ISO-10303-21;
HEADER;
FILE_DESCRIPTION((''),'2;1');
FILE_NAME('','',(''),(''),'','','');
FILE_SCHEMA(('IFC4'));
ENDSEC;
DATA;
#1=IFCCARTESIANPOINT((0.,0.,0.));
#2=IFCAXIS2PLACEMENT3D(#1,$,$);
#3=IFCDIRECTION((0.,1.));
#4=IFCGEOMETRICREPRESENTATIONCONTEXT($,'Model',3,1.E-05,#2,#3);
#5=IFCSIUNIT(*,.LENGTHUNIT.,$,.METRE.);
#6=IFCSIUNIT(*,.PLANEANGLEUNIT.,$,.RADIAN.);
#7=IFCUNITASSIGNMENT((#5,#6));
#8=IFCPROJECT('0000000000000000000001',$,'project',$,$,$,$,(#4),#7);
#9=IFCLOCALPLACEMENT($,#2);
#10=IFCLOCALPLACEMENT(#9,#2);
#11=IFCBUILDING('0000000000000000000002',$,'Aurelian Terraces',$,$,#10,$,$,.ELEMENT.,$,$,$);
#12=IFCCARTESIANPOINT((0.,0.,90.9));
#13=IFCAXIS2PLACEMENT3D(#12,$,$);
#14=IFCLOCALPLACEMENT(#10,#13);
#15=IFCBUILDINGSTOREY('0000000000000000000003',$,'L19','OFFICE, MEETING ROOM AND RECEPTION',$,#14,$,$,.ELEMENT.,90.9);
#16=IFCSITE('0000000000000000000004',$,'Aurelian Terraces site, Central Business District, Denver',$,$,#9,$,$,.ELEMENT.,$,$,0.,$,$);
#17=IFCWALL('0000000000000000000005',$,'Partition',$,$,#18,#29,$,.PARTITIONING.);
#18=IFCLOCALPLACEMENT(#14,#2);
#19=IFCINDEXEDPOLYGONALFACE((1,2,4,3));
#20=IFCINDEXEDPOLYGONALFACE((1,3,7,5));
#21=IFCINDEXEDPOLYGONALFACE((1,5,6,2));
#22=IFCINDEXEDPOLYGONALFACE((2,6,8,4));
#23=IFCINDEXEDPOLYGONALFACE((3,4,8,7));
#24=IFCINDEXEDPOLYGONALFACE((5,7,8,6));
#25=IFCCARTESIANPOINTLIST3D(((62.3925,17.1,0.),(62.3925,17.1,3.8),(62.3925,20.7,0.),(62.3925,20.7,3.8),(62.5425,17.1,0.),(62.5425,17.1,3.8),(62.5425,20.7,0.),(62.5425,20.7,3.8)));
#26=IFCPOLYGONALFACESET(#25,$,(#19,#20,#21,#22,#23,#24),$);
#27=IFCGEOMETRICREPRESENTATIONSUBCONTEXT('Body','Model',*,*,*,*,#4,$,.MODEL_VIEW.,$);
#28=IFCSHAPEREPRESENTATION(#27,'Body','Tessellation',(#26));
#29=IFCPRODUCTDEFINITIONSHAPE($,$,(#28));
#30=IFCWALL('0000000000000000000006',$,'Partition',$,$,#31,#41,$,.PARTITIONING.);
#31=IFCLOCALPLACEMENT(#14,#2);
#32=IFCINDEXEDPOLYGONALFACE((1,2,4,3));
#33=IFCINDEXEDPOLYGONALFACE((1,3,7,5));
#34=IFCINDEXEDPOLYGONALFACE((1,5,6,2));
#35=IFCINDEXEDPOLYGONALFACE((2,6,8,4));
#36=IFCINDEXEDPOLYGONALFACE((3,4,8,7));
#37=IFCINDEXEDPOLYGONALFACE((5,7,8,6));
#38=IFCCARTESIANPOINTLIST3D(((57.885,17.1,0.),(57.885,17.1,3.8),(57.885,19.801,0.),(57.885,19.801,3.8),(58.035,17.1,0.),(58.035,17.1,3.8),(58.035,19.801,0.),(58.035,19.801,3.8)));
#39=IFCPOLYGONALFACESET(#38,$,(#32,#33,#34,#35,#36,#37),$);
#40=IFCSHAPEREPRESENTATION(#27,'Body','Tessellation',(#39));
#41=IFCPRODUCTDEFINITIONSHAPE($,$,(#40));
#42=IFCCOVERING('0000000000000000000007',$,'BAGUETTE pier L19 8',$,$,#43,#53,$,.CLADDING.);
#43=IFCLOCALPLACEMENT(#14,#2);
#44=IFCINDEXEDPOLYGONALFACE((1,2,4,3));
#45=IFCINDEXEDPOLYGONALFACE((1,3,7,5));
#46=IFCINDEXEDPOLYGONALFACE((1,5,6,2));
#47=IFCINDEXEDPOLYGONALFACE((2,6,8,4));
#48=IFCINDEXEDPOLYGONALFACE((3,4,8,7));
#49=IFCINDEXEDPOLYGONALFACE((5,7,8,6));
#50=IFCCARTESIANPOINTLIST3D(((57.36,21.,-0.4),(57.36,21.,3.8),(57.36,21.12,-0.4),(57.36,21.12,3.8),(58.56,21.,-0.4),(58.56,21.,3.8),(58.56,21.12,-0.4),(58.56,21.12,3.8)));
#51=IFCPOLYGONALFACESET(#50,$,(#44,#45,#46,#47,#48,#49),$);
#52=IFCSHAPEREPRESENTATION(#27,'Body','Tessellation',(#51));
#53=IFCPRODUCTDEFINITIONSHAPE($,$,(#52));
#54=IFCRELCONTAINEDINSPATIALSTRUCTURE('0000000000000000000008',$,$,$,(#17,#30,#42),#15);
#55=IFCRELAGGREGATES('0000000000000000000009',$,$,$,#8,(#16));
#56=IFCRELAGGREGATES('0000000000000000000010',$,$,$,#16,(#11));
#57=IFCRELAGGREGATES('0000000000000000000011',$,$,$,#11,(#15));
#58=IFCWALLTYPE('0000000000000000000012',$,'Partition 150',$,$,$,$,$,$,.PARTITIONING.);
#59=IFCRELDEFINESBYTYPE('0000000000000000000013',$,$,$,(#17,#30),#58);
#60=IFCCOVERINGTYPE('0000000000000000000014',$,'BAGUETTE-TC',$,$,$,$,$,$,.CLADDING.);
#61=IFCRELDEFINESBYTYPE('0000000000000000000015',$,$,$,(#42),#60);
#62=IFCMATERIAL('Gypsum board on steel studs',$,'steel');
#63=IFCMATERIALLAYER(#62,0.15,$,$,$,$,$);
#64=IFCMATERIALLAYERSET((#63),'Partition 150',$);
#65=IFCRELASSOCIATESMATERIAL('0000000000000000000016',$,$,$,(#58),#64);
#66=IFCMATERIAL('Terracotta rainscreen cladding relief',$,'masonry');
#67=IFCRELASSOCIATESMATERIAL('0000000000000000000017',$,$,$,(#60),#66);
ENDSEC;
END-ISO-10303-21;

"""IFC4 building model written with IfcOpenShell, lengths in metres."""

from ifc_helpers import new_model, si_unit, direction, frame, frame_2d, origin, origin_2d, place, context, subcontext, project, spatial, rectangle, extrude, source, transform, mapped, material, layer, layer_set, type_object, element, save


model = new_model("IFC4")

# Units and contexts
model_context = context("Model", 3, precision=1e-05, world=origin(), true_north=direction((0.0, 1.0)))
body_context = subcontext(model_context, "Body", "Model", "MODEL_VIEW")
ifc_project = project(units=[si_unit("LENGTHUNIT", "METRE"), si_unit("PLANEANGLEUNIT", "RADIAN")], contexts=[model_context])

# Site, building, storey
site_placement = place(None, origin())
site = spatial("IfcSite", under=ifc_project, at=site_placement, Name="Aurelian Terraces site, Central Business District, Denver", CompositionType="ELEMENT", RefElevation=0.0)
building_placement = place(site_placement, origin())
building = spatial("IfcBuilding", under=site, at=building_placement, Name="Aurelian Terraces", CompositionType="ELEMENT")
storey_placement = place(building_placement, frame((0.0, 0.0, 90.9)))
storey = spatial("IfcBuildingStorey", under=building, at=storey_placement, Name="L19", Description="OFFICE, MEETING ROOM AND RECEPTION", CompositionType="ELEMENT", Elevation=90.9)

# Walls
ifc_material_1 = material(Name="Gypsum board on steel studs", Category="steel")
ifc_layer_1 = layer(ifc_material_1, 0.15)
ifc_layer_set_1 = layer_set([ifc_layer_1], Name="Partition 150")
wall_type_1 = type_object("IfcWallType", Name="Partition 150", PredefinedType="PARTITIONING", material=ifc_layer_set_1)
shared_shape_1 = source(origin(), body_context, "Body", "SweptSolid", [
    extrude(rectangle(XDim=3.6, YDim=0.15, at=frame_2d((1.8, 0.0))), origin(), (0.0, 0.0, 1.0), 3.8),
])
wall_1_placement = place(storey_placement, frame((62.4675, 20.7, 0.0), z_axis=(0.0, 0.0, 1.0), x_axis=(0.0, -1.0, 0.0)))
element("IfcWall", 1, at=wall_1_placement, inside=storey, type_object=wall_type_1, Name="Partition", PredefinedType="PARTITIONING", context=body_context, shape_type="MappedRepresentation", body=[
    mapped(shared_shape_1, transform((0.0, 0.0, 0.0), scale=1.0)),
])
shared_shape_2 = source(origin(), body_context, "Body", "SweptSolid", [
    extrude(rectangle(XDim=2.701, YDim=0.15, at=frame_2d((1.3505, 0.0))), origin(), (0.0, 0.0, 1.0), 3.8),
])
wall_2_placement = place(storey_placement, frame((57.96, 17.1, 0.0), z_axis=(0.0, 0.0, 1.0), x_axis=(0.0, 1.0, 0.0)))
element("IfcWall", 2, at=wall_2_placement, inside=storey, type_object=wall_type_1, Name="Partition", PredefinedType="PARTITIONING", context=body_context, shape_type="MappedRepresentation", body=[
    mapped(shared_shape_2, transform((0.0, 0.0, 0.0), scale=1.0)),
])

# Covering
ifc_material_2 = material(Name="Terracotta rainscreen cladding relief", Category="masonry")
covering_type = type_object("IfcCoveringType", Name="BAGUETTE-TC", PredefinedType="CLADDING", material=ifc_material_2)
shared_shape_3 = source(origin(), body_context, "Body", "SweptSolid", [
    extrude(rectangle(XDim=1.2, YDim=0.12, at=origin_2d()), origin(), (0.0, 0.0, 1.0), 4.2),
])
covering_placement = place(storey_placement, frame((57.96, 21.06, -0.4), z_axis=(0.0, 0.0, 1.0), x_axis=(1.0, 0.0, 0.0)))
element("IfcCovering", 3, at=covering_placement, inside=storey, type_object=covering_type, Name="BAGUETTE pier L19 8", PredefinedType="CLADDING", context=body_context, shape_type="MappedRepresentation", body=[
    mapped(shared_shape_3, transform((0.0, 0.0, 0.0), scale=1.0)),
])

save(model, "model.ifc")
